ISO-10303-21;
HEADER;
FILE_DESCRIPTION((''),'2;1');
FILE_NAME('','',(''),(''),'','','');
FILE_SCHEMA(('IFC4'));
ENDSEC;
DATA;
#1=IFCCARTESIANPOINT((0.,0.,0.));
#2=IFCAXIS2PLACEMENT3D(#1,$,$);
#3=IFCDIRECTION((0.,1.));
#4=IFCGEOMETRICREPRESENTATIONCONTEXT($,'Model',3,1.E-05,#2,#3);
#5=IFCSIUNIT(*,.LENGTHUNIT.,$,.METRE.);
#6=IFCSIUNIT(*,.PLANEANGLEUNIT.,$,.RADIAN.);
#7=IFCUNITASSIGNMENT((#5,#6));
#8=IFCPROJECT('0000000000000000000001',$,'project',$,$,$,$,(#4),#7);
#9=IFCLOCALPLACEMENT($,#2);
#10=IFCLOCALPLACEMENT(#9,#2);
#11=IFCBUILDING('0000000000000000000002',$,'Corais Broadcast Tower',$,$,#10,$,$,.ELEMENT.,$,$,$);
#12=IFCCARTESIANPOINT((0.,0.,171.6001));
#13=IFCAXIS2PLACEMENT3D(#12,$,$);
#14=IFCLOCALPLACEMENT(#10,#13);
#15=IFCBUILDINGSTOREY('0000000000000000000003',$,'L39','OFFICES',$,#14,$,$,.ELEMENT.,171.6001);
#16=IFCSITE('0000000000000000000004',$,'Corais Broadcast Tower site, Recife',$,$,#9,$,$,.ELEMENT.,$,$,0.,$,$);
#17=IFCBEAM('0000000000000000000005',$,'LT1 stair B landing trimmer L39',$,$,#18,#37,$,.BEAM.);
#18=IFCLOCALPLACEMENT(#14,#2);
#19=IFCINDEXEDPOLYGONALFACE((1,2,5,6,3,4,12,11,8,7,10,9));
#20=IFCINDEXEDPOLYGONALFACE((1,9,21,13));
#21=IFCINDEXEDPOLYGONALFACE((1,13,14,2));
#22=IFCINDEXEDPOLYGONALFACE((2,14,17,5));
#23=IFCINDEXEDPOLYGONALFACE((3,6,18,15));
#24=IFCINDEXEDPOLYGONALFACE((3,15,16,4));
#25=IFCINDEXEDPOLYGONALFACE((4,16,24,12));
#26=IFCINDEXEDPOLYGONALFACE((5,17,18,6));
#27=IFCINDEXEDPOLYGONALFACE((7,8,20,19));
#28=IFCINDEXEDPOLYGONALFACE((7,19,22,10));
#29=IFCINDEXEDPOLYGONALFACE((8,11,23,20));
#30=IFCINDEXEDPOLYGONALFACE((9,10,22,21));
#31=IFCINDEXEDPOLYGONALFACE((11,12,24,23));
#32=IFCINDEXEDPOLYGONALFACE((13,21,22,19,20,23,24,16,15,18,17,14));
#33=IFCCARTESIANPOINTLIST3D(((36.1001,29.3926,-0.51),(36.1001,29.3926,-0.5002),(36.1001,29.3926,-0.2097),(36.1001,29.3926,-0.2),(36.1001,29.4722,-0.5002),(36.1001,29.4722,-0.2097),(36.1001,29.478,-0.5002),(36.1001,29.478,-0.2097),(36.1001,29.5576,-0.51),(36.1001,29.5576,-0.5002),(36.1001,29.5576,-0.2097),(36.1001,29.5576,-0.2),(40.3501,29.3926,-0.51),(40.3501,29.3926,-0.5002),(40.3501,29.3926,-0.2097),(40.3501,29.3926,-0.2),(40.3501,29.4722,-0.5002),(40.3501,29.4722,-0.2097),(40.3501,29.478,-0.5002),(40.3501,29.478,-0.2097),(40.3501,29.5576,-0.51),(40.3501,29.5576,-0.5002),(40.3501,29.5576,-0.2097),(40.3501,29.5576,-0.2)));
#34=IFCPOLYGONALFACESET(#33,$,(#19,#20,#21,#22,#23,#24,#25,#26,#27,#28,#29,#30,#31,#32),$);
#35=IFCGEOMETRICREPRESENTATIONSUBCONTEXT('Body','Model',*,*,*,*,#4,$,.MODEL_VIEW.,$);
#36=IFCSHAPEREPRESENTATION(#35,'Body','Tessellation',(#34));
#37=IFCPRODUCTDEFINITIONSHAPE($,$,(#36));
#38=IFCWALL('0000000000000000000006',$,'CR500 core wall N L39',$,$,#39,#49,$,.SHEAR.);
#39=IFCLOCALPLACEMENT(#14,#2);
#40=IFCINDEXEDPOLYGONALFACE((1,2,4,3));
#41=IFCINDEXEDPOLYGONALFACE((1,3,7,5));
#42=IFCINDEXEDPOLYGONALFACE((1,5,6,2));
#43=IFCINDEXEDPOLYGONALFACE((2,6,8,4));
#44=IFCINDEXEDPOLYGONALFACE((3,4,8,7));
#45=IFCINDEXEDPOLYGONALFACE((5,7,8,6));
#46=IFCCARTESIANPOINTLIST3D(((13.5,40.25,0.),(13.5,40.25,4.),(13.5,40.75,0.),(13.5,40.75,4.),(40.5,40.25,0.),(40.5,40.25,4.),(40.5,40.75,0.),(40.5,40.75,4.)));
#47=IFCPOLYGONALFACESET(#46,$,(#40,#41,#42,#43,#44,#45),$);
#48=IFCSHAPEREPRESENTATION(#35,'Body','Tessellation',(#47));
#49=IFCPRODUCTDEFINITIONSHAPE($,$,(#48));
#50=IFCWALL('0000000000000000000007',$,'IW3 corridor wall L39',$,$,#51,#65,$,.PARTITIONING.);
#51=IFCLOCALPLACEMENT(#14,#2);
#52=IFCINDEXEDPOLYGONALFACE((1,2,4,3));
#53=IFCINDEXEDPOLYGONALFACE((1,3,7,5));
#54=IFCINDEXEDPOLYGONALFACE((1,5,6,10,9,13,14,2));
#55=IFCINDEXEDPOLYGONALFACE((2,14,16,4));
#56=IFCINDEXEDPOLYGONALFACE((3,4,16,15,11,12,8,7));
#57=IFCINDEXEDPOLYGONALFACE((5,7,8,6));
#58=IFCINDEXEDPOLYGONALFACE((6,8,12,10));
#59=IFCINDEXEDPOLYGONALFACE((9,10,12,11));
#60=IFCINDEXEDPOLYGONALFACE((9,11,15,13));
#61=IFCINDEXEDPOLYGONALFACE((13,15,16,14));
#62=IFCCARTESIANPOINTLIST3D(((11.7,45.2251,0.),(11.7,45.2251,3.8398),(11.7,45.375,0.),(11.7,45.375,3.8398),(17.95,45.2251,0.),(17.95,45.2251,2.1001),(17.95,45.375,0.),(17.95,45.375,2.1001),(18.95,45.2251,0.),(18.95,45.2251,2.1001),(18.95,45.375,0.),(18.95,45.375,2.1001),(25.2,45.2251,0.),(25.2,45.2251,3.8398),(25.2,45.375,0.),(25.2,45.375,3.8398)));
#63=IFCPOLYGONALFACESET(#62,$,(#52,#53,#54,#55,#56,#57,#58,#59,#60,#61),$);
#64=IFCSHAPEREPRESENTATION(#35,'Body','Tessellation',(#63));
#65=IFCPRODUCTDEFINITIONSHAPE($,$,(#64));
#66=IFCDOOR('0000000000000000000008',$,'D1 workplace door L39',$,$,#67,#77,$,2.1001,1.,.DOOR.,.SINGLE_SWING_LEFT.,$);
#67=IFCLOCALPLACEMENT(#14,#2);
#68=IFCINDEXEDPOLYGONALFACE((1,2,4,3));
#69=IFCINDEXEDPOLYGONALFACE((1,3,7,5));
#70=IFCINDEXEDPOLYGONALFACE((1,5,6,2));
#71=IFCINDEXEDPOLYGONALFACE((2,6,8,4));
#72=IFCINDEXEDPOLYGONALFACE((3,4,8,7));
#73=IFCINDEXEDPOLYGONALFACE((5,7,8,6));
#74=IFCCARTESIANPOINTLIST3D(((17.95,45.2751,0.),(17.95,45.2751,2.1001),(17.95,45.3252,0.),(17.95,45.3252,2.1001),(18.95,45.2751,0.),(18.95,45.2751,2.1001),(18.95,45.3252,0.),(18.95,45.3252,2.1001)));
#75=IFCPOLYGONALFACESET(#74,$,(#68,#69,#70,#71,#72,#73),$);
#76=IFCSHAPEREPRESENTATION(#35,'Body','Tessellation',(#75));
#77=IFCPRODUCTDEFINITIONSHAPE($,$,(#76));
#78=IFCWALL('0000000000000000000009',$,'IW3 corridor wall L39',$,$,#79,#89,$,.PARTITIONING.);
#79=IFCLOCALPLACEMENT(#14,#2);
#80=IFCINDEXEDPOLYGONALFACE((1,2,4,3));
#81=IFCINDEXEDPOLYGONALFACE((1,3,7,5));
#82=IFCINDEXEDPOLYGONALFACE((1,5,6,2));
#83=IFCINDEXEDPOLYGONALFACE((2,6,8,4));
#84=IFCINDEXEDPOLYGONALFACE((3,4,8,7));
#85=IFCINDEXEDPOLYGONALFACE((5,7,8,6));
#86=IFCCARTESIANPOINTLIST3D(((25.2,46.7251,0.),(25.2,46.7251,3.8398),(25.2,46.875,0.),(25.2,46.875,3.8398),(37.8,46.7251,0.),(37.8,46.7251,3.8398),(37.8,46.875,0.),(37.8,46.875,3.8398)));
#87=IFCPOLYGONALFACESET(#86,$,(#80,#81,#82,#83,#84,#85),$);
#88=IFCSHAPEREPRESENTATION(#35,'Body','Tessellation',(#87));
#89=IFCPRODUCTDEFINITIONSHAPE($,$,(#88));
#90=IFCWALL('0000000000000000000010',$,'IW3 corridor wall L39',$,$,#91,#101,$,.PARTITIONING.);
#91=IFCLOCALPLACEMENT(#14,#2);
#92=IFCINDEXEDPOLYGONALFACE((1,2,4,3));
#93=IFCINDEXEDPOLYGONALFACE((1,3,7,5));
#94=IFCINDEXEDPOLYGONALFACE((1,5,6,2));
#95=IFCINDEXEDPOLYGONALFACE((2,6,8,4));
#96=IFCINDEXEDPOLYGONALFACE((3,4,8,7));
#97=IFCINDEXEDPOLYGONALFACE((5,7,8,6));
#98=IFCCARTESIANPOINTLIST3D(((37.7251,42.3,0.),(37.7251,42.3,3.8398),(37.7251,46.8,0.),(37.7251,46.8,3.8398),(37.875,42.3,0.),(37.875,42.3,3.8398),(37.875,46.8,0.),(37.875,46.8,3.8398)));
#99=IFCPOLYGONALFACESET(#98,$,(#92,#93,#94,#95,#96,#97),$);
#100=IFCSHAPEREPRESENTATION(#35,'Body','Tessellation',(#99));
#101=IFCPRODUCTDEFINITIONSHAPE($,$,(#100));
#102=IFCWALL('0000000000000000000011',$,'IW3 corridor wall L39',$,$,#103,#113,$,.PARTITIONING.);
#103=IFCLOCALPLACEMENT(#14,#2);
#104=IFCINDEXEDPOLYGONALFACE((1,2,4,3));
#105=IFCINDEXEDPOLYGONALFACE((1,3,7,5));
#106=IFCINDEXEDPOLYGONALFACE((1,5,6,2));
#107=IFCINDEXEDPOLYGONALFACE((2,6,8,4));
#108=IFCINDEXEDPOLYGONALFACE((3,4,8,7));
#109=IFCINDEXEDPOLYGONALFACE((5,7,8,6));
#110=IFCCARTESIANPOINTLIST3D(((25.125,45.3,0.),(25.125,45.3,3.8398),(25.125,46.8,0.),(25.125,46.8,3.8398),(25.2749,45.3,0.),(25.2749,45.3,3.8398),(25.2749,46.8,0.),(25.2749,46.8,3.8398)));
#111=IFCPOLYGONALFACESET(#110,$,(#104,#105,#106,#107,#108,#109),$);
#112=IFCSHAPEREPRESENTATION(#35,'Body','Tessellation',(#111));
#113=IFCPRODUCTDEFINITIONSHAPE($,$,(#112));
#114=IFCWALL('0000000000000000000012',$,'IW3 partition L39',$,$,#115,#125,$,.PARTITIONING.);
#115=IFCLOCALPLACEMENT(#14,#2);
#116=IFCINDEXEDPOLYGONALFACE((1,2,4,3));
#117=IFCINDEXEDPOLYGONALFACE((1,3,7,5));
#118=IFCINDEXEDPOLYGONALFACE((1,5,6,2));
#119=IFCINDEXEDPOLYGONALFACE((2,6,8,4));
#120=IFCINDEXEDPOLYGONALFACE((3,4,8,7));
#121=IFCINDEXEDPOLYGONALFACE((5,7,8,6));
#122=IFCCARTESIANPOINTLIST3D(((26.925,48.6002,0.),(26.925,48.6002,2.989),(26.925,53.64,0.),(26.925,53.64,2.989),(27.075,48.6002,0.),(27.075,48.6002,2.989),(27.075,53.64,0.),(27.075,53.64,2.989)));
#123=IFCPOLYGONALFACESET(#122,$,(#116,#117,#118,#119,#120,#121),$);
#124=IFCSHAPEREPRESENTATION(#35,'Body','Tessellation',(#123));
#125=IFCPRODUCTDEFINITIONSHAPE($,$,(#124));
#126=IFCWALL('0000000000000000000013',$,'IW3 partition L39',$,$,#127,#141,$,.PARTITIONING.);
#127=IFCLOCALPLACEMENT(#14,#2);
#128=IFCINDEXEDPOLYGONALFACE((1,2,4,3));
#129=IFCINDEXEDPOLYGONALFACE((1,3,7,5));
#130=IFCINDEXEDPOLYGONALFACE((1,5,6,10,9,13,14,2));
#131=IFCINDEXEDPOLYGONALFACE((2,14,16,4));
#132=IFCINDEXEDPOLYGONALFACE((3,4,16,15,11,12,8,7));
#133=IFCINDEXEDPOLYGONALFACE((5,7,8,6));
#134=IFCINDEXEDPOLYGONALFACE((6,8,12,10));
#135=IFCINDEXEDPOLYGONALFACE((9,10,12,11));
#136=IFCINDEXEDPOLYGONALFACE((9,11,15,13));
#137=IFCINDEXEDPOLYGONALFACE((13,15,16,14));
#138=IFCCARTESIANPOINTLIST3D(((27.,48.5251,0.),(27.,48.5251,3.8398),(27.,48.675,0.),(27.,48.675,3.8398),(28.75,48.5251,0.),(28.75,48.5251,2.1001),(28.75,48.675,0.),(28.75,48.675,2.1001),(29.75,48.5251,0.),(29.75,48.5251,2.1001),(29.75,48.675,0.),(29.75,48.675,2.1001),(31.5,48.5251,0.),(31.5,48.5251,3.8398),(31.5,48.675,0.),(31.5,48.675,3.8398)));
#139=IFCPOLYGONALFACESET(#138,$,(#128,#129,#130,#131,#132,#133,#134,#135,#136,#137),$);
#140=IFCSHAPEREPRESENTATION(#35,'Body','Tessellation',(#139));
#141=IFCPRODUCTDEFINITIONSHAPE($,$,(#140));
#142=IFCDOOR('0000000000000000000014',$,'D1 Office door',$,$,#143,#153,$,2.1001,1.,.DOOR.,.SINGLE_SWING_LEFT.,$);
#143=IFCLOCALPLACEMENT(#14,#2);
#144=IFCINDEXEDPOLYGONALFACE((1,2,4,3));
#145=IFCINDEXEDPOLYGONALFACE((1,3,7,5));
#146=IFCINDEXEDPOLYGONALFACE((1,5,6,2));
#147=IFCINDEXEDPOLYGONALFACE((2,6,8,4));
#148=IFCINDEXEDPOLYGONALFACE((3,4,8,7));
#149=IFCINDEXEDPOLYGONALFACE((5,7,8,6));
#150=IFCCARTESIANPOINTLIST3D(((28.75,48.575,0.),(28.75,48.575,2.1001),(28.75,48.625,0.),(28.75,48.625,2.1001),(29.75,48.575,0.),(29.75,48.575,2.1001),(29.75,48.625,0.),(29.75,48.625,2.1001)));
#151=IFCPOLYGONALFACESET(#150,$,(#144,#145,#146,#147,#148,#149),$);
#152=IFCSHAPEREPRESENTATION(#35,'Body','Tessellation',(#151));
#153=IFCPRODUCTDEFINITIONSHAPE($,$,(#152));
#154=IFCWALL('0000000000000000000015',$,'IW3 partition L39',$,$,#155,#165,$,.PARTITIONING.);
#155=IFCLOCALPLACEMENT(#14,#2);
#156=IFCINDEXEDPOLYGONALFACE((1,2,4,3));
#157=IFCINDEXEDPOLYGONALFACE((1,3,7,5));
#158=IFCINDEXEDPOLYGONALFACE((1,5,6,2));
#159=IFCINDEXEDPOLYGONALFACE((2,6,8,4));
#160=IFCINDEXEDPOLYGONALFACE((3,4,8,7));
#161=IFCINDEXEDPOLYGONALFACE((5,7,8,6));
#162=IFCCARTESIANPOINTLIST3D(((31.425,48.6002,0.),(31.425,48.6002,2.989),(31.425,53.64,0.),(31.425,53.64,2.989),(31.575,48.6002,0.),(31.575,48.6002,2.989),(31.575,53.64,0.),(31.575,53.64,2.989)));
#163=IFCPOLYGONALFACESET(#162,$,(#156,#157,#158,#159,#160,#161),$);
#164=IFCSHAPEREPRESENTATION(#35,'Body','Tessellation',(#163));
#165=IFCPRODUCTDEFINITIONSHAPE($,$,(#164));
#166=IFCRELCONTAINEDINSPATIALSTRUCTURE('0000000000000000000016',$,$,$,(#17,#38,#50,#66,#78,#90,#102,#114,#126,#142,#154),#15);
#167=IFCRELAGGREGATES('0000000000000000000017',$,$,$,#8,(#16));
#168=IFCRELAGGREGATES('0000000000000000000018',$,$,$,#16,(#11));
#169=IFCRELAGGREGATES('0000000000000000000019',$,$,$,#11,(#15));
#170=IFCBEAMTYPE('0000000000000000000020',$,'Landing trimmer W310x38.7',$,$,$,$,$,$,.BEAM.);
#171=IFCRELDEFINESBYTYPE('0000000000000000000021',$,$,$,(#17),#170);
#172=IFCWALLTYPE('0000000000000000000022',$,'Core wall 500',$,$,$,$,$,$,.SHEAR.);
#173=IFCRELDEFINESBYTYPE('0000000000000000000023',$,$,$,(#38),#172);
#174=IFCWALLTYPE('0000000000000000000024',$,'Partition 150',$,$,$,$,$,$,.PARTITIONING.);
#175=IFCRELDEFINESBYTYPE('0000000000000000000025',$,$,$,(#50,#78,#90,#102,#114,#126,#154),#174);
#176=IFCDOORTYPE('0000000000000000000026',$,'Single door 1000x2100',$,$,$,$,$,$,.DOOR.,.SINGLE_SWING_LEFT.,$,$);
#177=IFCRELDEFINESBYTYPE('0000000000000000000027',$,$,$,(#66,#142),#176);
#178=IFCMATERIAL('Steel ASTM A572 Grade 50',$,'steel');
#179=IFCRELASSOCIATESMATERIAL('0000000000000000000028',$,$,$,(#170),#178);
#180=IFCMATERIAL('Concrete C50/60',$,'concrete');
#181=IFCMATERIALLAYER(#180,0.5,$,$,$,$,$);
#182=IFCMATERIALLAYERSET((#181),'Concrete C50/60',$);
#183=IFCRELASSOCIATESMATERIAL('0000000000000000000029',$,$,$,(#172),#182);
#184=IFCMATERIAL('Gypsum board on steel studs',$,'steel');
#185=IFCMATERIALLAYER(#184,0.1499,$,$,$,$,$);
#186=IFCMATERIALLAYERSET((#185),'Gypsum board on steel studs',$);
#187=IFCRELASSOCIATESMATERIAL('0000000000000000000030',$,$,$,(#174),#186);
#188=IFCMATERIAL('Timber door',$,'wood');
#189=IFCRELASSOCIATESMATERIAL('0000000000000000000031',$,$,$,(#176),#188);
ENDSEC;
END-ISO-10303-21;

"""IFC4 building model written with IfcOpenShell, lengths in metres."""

from ifc_helpers import new_model, si_unit, direction, frame, frame_2d, origin, origin_2d, place, context, subcontext, project, spatial, rectangle, i_section, extrude, material, layer, layer_set, material_profile, profile_set, type_object, element, fill, save


model = new_model("IFC4")

# Units and contexts
model_context = context("Model", 3, precision=1e-05, world=origin(), true_north=direction((0.0, 1.0)))
body_context = subcontext(model_context, "Body", "Model", "MODEL_VIEW")
ifc_project = project(units=[si_unit("LENGTHUNIT", "METRE"), si_unit("PLANEANGLEUNIT", "RADIAN")], contexts=[model_context])

# Site, building, storey
site_placement = place(None, origin())
site = spatial("IfcSite", under=ifc_project, at=site_placement, Name="Corais Broadcast Tower site, Recife", CompositionType="ELEMENT", RefElevation=0.0)
building_placement = place(site_placement, origin())
building = spatial("IfcBuilding", under=site, at=building_placement, Name="Corais Broadcast Tower", CompositionType="ELEMENT")
storey_placement = place(building_placement, frame((0.0, 0.0, 171.6001)))
storey = spatial("IfcBuildingStorey", under=building, at=storey_placement, Name="L39", Description="OFFICES", CompositionType="ELEMENT", Elevation=171.6001)

# Beam
ifc_material_1 = material(Name="Steel ASTM A572 Grade 50", Category="steel")
ifc_material_profile = material_profile(ifc_material_1, i_section(OverallWidth=0.165, OverallDepth=0.3101, WebThickness=0.0059, FlangeThickness=0.0098, at=origin_2d()), Name="W310x38.7")
ifc_profile_set = profile_set([ifc_material_profile], Name="Steel ASTM A572 Grade 50")
beam_type = type_object("IfcBeamType", Name="Landing trimmer W310x38.7", PredefinedType="BEAM", material=ifc_profile_set)
beam_placement = place(storey_placement, frame((36.1001, 29.4751, -0.355), z_axis=(1.0, 0.0, 0.0), x_axis=(0.0, 1.0, 0.0)))
element("IfcBeam", 1, at=beam_placement, inside=storey, type_object=beam_type, Name="LT1 stair B landing trimmer L39", PredefinedType="BEAM", context=body_context, shape_type="SweptSolid", body=[
    extrude(i_section(OverallWidth=0.165, OverallDepth=0.3101, WebThickness=0.0059, FlangeThickness=0.0098, at=origin_2d()), origin(), (0.0, 0.0, 1.0), 4.25),
])

# Wall
ifc_material_2 = material(Name="Concrete C50/60", Category="concrete")
ifc_layer_1 = layer(ifc_material_2, 0.5)
ifc_layer_set_1 = layer_set([ifc_layer_1], Name="Concrete C50/60")
wall_type_1 = type_object("IfcWallType", Name="Core wall 500", PredefinedType="SHEAR", material=ifc_layer_set_1)
wall_1_placement = place(storey_placement, frame((40.5, 40.5, 0.0), z_axis=(0.0, 0.0, 1.0), x_axis=(-1.0, 0.0, 0.0)))
element("IfcWall", 2, at=wall_1_placement, inside=storey, type_object=wall_type_1, Name="CR500 core wall N L39", PredefinedType="SHEAR", context=body_context, shape_type="SweptSolid", body=[
    extrude(rectangle(XDim=27.0, YDim=0.5, at=frame_2d((13.5, 0.0))), origin(), (0.0, 0.0, 1.0), 4.0),
])

# Wall, opening, door
ifc_material_3 = material(Name="Gypsum board on steel studs", Category="steel")
ifc_layer_2 = layer(ifc_material_3, 0.1499)
ifc_layer_set_2 = layer_set([ifc_layer_2], Name="Gypsum board on steel studs")
wall_type_2 = type_object("IfcWallType", Name="Partition 150", PredefinedType="PARTITIONING", material=ifc_layer_set_2)
wall_2_placement = place(storey_placement, frame((25.2, 45.3, 0.0), z_axis=(0.0, 0.0, 1.0), x_axis=(-1.0, 0.0, 0.0)))
wall_2 = element("IfcWall", 3, at=wall_2_placement, inside=storey, type_object=wall_type_2, Name="IW3 corridor wall L39", PredefinedType="PARTITIONING", context=body_context, shape_type="SweptSolid", body=[
    extrude(rectangle(XDim=13.5, YDim=0.1499, at=frame_2d((6.75, 0.0))), origin(), (0.0, 0.0, 1.0), 3.8398),
])
opening_1_placement = place(wall_2_placement, frame((6.25, 0.0, 0.0)))
opening_1 = element("IfcOpeningElement", 4, at=opening_1_placement, cuts=wall_2, PredefinedType="OPENING", context=body_context, shape_type="SweptSolid", body=[
    extrude(rectangle(XDim=1.0, YDim=2.1001, at=frame_2d((0.5, 1.05))), frame((0.0, 0.085, 0.0), z_axis=(0.0, -1.0, 0.0), x_axis=(1.0, 0.0, 0.0)), (0.0, 0.0, 1.0), 0.1699),
])
ifc_material_4 = material(Name="Timber door", Category="wood")
door_type = type_object("IfcDoorType", Name="Single door 1000x2100", OperationType="SINGLE_SWING_LEFT", PredefinedType="DOOR", material=ifc_material_4)
door_1_placement = place(opening_1_placement, origin())
door_1 = element("IfcDoor", 5, at=door_1_placement, inside=storey, type_object=door_type, Name="D1 workplace door L39", OperationType="SINGLE_SWING_LEFT", OverallHeight=2.1001, OverallWidth=1.0, PredefinedType="DOOR", context=body_context, shape_type="SweptSolid", body=[
    extrude(rectangle(XDim=1.0, YDim=2.1001, at=frame_2d((0.5, 1.05))), frame((0.0, 0.0249, 0.0), z_axis=(0.0, -1.0, 0.0), x_axis=(1.0, 0.0, 0.0)), (0.0, 0.0, 1.0), 0.05),
])
fill(opening_1, door_1)

# Walls
wall_3_placement = place(storey_placement, frame((37.8, 46.8, 0.0), z_axis=(0.0, 0.0, 1.0), x_axis=(-1.0, 0.0, 0.0)))
element("IfcWall", 6, at=wall_3_placement, inside=storey, type_object=wall_type_2, Name="IW3 corridor wall L39", PredefinedType="PARTITIONING", context=body_context, shape_type="SweptSolid", body=[
    extrude(rectangle(XDim=12.6001, YDim=0.1499, at=frame_2d((6.3, 0.0))), origin(), (0.0, 0.0, 1.0), 3.8398),
])
wall_4_placement = place(storey_placement, frame((37.8, 42.3, 0.0), z_axis=(0.0, 0.0, 1.0), x_axis=(0.0, 1.0, 0.0)))
element("IfcWall", 7, at=wall_4_placement, inside=storey, type_object=wall_type_2, Name="IW3 corridor wall L39", PredefinedType="PARTITIONING", context=body_context, shape_type="SweptSolid", body=[
    extrude(rectangle(XDim=4.5, YDim=0.1499, at=frame_2d((2.25, 0.0))), origin(), (0.0, 0.0, 1.0), 3.8398),
])
wall_5_placement = place(storey_placement, frame((25.2, 46.8, 0.0), z_axis=(0.0, 0.0, 1.0), x_axis=(0.0, -1.0, 0.0)))
element("IfcWall", 8, at=wall_5_placement, inside=storey, type_object=wall_type_2, Name="IW3 corridor wall L39", PredefinedType="PARTITIONING", context=body_context, shape_type="SweptSolid", body=[
    extrude(rectangle(XDim=1.5, YDim=0.1499, at=frame_2d((0.75, 0.0))), origin(), (0.0, 0.0, 1.0), 3.8398),
])
wall_6_placement = place(storey_placement, frame((27.0, 48.6001, 0.0), z_axis=(0.0, 0.0, 1.0), x_axis=(0.0, 1.0, 0.0)))
element("IfcWall", 9, at=wall_6_placement, inside=storey, type_object=wall_type_2, Name="IW3 partition L39", PredefinedType="PARTITIONING", context=body_context, shape_type="SweptSolid", body=[
    extrude(rectangle(XDim=5.0398, YDim=0.1499, at=frame_2d((2.52, 0.0))), origin(), (0.0, 0.0, 1.0), 2.989),
])

# Wall, opening, door
wall_7_placement = place(storey_placement, frame((27.0, 48.6001, 0.0), z_axis=(0.0, 0.0, 1.0), x_axis=(1.0, 0.0, 0.0)))
wall_7 = element("IfcWall", 10, at=wall_7_placement, inside=storey, type_object=wall_type_2, Name="IW3 partition L39", PredefinedType="PARTITIONING", context=body_context, shape_type="SweptSolid", body=[
    extrude(rectangle(XDim=4.5, YDim=0.1499, at=frame_2d((2.25, 0.0))), origin(), (0.0, 0.0, 1.0), 3.8398),
])
opening_2_placement = place(wall_7_placement, frame((1.75, 0.0, 0.0)))
opening_2 = element("IfcOpeningElement", 11, at=opening_2_placement, cuts=wall_7, PredefinedType="OPENING", context=body_context, shape_type="SweptSolid", body=[
    extrude(rectangle(XDim=1.0, YDim=2.1001, at=frame_2d((0.5, 1.05))), frame((0.0, 0.085, 0.0), z_axis=(0.0, -1.0, 0.0), x_axis=(1.0, 0.0, 0.0)), (0.0, 0.0, 1.0), 0.1699),
])
door_2_placement = place(opening_2_placement, origin())
door_2 = element("IfcDoor", 12, at=door_2_placement, inside=storey, type_object=door_type, Name="D1 Office door", OperationType="SINGLE_SWING_LEFT", OverallHeight=2.1001, OverallWidth=1.0, PredefinedType="DOOR", context=body_context, shape_type="SweptSolid", body=[
    extrude(rectangle(XDim=1.0, YDim=2.1001, at=frame_2d((0.5, 1.05))), frame((0.0, 0.0249, 0.0), z_axis=(0.0, -1.0, 0.0), x_axis=(1.0, 0.0, 0.0)), (0.0, 0.0, 1.0), 0.05),
])
fill(opening_2, door_2)

# Wall
wall_8_placement = place(storey_placement, frame((31.5, 48.6001, 0.0), z_axis=(0.0, 0.0, 1.0), x_axis=(0.0, 1.0, 0.0)))
element("IfcWall", 13, at=wall_8_placement, inside=storey, type_object=wall_type_2, Name="IW3 partition L39", PredefinedType="PARTITIONING", context=body_context, shape_type="SweptSolid", body=[
    extrude(rectangle(XDim=5.0398, YDim=0.1499, at=frame_2d((2.52, 0.0))), origin(), (0.0, 0.0, 1.0), 2.989),
])

save(model, "model.ifc")
